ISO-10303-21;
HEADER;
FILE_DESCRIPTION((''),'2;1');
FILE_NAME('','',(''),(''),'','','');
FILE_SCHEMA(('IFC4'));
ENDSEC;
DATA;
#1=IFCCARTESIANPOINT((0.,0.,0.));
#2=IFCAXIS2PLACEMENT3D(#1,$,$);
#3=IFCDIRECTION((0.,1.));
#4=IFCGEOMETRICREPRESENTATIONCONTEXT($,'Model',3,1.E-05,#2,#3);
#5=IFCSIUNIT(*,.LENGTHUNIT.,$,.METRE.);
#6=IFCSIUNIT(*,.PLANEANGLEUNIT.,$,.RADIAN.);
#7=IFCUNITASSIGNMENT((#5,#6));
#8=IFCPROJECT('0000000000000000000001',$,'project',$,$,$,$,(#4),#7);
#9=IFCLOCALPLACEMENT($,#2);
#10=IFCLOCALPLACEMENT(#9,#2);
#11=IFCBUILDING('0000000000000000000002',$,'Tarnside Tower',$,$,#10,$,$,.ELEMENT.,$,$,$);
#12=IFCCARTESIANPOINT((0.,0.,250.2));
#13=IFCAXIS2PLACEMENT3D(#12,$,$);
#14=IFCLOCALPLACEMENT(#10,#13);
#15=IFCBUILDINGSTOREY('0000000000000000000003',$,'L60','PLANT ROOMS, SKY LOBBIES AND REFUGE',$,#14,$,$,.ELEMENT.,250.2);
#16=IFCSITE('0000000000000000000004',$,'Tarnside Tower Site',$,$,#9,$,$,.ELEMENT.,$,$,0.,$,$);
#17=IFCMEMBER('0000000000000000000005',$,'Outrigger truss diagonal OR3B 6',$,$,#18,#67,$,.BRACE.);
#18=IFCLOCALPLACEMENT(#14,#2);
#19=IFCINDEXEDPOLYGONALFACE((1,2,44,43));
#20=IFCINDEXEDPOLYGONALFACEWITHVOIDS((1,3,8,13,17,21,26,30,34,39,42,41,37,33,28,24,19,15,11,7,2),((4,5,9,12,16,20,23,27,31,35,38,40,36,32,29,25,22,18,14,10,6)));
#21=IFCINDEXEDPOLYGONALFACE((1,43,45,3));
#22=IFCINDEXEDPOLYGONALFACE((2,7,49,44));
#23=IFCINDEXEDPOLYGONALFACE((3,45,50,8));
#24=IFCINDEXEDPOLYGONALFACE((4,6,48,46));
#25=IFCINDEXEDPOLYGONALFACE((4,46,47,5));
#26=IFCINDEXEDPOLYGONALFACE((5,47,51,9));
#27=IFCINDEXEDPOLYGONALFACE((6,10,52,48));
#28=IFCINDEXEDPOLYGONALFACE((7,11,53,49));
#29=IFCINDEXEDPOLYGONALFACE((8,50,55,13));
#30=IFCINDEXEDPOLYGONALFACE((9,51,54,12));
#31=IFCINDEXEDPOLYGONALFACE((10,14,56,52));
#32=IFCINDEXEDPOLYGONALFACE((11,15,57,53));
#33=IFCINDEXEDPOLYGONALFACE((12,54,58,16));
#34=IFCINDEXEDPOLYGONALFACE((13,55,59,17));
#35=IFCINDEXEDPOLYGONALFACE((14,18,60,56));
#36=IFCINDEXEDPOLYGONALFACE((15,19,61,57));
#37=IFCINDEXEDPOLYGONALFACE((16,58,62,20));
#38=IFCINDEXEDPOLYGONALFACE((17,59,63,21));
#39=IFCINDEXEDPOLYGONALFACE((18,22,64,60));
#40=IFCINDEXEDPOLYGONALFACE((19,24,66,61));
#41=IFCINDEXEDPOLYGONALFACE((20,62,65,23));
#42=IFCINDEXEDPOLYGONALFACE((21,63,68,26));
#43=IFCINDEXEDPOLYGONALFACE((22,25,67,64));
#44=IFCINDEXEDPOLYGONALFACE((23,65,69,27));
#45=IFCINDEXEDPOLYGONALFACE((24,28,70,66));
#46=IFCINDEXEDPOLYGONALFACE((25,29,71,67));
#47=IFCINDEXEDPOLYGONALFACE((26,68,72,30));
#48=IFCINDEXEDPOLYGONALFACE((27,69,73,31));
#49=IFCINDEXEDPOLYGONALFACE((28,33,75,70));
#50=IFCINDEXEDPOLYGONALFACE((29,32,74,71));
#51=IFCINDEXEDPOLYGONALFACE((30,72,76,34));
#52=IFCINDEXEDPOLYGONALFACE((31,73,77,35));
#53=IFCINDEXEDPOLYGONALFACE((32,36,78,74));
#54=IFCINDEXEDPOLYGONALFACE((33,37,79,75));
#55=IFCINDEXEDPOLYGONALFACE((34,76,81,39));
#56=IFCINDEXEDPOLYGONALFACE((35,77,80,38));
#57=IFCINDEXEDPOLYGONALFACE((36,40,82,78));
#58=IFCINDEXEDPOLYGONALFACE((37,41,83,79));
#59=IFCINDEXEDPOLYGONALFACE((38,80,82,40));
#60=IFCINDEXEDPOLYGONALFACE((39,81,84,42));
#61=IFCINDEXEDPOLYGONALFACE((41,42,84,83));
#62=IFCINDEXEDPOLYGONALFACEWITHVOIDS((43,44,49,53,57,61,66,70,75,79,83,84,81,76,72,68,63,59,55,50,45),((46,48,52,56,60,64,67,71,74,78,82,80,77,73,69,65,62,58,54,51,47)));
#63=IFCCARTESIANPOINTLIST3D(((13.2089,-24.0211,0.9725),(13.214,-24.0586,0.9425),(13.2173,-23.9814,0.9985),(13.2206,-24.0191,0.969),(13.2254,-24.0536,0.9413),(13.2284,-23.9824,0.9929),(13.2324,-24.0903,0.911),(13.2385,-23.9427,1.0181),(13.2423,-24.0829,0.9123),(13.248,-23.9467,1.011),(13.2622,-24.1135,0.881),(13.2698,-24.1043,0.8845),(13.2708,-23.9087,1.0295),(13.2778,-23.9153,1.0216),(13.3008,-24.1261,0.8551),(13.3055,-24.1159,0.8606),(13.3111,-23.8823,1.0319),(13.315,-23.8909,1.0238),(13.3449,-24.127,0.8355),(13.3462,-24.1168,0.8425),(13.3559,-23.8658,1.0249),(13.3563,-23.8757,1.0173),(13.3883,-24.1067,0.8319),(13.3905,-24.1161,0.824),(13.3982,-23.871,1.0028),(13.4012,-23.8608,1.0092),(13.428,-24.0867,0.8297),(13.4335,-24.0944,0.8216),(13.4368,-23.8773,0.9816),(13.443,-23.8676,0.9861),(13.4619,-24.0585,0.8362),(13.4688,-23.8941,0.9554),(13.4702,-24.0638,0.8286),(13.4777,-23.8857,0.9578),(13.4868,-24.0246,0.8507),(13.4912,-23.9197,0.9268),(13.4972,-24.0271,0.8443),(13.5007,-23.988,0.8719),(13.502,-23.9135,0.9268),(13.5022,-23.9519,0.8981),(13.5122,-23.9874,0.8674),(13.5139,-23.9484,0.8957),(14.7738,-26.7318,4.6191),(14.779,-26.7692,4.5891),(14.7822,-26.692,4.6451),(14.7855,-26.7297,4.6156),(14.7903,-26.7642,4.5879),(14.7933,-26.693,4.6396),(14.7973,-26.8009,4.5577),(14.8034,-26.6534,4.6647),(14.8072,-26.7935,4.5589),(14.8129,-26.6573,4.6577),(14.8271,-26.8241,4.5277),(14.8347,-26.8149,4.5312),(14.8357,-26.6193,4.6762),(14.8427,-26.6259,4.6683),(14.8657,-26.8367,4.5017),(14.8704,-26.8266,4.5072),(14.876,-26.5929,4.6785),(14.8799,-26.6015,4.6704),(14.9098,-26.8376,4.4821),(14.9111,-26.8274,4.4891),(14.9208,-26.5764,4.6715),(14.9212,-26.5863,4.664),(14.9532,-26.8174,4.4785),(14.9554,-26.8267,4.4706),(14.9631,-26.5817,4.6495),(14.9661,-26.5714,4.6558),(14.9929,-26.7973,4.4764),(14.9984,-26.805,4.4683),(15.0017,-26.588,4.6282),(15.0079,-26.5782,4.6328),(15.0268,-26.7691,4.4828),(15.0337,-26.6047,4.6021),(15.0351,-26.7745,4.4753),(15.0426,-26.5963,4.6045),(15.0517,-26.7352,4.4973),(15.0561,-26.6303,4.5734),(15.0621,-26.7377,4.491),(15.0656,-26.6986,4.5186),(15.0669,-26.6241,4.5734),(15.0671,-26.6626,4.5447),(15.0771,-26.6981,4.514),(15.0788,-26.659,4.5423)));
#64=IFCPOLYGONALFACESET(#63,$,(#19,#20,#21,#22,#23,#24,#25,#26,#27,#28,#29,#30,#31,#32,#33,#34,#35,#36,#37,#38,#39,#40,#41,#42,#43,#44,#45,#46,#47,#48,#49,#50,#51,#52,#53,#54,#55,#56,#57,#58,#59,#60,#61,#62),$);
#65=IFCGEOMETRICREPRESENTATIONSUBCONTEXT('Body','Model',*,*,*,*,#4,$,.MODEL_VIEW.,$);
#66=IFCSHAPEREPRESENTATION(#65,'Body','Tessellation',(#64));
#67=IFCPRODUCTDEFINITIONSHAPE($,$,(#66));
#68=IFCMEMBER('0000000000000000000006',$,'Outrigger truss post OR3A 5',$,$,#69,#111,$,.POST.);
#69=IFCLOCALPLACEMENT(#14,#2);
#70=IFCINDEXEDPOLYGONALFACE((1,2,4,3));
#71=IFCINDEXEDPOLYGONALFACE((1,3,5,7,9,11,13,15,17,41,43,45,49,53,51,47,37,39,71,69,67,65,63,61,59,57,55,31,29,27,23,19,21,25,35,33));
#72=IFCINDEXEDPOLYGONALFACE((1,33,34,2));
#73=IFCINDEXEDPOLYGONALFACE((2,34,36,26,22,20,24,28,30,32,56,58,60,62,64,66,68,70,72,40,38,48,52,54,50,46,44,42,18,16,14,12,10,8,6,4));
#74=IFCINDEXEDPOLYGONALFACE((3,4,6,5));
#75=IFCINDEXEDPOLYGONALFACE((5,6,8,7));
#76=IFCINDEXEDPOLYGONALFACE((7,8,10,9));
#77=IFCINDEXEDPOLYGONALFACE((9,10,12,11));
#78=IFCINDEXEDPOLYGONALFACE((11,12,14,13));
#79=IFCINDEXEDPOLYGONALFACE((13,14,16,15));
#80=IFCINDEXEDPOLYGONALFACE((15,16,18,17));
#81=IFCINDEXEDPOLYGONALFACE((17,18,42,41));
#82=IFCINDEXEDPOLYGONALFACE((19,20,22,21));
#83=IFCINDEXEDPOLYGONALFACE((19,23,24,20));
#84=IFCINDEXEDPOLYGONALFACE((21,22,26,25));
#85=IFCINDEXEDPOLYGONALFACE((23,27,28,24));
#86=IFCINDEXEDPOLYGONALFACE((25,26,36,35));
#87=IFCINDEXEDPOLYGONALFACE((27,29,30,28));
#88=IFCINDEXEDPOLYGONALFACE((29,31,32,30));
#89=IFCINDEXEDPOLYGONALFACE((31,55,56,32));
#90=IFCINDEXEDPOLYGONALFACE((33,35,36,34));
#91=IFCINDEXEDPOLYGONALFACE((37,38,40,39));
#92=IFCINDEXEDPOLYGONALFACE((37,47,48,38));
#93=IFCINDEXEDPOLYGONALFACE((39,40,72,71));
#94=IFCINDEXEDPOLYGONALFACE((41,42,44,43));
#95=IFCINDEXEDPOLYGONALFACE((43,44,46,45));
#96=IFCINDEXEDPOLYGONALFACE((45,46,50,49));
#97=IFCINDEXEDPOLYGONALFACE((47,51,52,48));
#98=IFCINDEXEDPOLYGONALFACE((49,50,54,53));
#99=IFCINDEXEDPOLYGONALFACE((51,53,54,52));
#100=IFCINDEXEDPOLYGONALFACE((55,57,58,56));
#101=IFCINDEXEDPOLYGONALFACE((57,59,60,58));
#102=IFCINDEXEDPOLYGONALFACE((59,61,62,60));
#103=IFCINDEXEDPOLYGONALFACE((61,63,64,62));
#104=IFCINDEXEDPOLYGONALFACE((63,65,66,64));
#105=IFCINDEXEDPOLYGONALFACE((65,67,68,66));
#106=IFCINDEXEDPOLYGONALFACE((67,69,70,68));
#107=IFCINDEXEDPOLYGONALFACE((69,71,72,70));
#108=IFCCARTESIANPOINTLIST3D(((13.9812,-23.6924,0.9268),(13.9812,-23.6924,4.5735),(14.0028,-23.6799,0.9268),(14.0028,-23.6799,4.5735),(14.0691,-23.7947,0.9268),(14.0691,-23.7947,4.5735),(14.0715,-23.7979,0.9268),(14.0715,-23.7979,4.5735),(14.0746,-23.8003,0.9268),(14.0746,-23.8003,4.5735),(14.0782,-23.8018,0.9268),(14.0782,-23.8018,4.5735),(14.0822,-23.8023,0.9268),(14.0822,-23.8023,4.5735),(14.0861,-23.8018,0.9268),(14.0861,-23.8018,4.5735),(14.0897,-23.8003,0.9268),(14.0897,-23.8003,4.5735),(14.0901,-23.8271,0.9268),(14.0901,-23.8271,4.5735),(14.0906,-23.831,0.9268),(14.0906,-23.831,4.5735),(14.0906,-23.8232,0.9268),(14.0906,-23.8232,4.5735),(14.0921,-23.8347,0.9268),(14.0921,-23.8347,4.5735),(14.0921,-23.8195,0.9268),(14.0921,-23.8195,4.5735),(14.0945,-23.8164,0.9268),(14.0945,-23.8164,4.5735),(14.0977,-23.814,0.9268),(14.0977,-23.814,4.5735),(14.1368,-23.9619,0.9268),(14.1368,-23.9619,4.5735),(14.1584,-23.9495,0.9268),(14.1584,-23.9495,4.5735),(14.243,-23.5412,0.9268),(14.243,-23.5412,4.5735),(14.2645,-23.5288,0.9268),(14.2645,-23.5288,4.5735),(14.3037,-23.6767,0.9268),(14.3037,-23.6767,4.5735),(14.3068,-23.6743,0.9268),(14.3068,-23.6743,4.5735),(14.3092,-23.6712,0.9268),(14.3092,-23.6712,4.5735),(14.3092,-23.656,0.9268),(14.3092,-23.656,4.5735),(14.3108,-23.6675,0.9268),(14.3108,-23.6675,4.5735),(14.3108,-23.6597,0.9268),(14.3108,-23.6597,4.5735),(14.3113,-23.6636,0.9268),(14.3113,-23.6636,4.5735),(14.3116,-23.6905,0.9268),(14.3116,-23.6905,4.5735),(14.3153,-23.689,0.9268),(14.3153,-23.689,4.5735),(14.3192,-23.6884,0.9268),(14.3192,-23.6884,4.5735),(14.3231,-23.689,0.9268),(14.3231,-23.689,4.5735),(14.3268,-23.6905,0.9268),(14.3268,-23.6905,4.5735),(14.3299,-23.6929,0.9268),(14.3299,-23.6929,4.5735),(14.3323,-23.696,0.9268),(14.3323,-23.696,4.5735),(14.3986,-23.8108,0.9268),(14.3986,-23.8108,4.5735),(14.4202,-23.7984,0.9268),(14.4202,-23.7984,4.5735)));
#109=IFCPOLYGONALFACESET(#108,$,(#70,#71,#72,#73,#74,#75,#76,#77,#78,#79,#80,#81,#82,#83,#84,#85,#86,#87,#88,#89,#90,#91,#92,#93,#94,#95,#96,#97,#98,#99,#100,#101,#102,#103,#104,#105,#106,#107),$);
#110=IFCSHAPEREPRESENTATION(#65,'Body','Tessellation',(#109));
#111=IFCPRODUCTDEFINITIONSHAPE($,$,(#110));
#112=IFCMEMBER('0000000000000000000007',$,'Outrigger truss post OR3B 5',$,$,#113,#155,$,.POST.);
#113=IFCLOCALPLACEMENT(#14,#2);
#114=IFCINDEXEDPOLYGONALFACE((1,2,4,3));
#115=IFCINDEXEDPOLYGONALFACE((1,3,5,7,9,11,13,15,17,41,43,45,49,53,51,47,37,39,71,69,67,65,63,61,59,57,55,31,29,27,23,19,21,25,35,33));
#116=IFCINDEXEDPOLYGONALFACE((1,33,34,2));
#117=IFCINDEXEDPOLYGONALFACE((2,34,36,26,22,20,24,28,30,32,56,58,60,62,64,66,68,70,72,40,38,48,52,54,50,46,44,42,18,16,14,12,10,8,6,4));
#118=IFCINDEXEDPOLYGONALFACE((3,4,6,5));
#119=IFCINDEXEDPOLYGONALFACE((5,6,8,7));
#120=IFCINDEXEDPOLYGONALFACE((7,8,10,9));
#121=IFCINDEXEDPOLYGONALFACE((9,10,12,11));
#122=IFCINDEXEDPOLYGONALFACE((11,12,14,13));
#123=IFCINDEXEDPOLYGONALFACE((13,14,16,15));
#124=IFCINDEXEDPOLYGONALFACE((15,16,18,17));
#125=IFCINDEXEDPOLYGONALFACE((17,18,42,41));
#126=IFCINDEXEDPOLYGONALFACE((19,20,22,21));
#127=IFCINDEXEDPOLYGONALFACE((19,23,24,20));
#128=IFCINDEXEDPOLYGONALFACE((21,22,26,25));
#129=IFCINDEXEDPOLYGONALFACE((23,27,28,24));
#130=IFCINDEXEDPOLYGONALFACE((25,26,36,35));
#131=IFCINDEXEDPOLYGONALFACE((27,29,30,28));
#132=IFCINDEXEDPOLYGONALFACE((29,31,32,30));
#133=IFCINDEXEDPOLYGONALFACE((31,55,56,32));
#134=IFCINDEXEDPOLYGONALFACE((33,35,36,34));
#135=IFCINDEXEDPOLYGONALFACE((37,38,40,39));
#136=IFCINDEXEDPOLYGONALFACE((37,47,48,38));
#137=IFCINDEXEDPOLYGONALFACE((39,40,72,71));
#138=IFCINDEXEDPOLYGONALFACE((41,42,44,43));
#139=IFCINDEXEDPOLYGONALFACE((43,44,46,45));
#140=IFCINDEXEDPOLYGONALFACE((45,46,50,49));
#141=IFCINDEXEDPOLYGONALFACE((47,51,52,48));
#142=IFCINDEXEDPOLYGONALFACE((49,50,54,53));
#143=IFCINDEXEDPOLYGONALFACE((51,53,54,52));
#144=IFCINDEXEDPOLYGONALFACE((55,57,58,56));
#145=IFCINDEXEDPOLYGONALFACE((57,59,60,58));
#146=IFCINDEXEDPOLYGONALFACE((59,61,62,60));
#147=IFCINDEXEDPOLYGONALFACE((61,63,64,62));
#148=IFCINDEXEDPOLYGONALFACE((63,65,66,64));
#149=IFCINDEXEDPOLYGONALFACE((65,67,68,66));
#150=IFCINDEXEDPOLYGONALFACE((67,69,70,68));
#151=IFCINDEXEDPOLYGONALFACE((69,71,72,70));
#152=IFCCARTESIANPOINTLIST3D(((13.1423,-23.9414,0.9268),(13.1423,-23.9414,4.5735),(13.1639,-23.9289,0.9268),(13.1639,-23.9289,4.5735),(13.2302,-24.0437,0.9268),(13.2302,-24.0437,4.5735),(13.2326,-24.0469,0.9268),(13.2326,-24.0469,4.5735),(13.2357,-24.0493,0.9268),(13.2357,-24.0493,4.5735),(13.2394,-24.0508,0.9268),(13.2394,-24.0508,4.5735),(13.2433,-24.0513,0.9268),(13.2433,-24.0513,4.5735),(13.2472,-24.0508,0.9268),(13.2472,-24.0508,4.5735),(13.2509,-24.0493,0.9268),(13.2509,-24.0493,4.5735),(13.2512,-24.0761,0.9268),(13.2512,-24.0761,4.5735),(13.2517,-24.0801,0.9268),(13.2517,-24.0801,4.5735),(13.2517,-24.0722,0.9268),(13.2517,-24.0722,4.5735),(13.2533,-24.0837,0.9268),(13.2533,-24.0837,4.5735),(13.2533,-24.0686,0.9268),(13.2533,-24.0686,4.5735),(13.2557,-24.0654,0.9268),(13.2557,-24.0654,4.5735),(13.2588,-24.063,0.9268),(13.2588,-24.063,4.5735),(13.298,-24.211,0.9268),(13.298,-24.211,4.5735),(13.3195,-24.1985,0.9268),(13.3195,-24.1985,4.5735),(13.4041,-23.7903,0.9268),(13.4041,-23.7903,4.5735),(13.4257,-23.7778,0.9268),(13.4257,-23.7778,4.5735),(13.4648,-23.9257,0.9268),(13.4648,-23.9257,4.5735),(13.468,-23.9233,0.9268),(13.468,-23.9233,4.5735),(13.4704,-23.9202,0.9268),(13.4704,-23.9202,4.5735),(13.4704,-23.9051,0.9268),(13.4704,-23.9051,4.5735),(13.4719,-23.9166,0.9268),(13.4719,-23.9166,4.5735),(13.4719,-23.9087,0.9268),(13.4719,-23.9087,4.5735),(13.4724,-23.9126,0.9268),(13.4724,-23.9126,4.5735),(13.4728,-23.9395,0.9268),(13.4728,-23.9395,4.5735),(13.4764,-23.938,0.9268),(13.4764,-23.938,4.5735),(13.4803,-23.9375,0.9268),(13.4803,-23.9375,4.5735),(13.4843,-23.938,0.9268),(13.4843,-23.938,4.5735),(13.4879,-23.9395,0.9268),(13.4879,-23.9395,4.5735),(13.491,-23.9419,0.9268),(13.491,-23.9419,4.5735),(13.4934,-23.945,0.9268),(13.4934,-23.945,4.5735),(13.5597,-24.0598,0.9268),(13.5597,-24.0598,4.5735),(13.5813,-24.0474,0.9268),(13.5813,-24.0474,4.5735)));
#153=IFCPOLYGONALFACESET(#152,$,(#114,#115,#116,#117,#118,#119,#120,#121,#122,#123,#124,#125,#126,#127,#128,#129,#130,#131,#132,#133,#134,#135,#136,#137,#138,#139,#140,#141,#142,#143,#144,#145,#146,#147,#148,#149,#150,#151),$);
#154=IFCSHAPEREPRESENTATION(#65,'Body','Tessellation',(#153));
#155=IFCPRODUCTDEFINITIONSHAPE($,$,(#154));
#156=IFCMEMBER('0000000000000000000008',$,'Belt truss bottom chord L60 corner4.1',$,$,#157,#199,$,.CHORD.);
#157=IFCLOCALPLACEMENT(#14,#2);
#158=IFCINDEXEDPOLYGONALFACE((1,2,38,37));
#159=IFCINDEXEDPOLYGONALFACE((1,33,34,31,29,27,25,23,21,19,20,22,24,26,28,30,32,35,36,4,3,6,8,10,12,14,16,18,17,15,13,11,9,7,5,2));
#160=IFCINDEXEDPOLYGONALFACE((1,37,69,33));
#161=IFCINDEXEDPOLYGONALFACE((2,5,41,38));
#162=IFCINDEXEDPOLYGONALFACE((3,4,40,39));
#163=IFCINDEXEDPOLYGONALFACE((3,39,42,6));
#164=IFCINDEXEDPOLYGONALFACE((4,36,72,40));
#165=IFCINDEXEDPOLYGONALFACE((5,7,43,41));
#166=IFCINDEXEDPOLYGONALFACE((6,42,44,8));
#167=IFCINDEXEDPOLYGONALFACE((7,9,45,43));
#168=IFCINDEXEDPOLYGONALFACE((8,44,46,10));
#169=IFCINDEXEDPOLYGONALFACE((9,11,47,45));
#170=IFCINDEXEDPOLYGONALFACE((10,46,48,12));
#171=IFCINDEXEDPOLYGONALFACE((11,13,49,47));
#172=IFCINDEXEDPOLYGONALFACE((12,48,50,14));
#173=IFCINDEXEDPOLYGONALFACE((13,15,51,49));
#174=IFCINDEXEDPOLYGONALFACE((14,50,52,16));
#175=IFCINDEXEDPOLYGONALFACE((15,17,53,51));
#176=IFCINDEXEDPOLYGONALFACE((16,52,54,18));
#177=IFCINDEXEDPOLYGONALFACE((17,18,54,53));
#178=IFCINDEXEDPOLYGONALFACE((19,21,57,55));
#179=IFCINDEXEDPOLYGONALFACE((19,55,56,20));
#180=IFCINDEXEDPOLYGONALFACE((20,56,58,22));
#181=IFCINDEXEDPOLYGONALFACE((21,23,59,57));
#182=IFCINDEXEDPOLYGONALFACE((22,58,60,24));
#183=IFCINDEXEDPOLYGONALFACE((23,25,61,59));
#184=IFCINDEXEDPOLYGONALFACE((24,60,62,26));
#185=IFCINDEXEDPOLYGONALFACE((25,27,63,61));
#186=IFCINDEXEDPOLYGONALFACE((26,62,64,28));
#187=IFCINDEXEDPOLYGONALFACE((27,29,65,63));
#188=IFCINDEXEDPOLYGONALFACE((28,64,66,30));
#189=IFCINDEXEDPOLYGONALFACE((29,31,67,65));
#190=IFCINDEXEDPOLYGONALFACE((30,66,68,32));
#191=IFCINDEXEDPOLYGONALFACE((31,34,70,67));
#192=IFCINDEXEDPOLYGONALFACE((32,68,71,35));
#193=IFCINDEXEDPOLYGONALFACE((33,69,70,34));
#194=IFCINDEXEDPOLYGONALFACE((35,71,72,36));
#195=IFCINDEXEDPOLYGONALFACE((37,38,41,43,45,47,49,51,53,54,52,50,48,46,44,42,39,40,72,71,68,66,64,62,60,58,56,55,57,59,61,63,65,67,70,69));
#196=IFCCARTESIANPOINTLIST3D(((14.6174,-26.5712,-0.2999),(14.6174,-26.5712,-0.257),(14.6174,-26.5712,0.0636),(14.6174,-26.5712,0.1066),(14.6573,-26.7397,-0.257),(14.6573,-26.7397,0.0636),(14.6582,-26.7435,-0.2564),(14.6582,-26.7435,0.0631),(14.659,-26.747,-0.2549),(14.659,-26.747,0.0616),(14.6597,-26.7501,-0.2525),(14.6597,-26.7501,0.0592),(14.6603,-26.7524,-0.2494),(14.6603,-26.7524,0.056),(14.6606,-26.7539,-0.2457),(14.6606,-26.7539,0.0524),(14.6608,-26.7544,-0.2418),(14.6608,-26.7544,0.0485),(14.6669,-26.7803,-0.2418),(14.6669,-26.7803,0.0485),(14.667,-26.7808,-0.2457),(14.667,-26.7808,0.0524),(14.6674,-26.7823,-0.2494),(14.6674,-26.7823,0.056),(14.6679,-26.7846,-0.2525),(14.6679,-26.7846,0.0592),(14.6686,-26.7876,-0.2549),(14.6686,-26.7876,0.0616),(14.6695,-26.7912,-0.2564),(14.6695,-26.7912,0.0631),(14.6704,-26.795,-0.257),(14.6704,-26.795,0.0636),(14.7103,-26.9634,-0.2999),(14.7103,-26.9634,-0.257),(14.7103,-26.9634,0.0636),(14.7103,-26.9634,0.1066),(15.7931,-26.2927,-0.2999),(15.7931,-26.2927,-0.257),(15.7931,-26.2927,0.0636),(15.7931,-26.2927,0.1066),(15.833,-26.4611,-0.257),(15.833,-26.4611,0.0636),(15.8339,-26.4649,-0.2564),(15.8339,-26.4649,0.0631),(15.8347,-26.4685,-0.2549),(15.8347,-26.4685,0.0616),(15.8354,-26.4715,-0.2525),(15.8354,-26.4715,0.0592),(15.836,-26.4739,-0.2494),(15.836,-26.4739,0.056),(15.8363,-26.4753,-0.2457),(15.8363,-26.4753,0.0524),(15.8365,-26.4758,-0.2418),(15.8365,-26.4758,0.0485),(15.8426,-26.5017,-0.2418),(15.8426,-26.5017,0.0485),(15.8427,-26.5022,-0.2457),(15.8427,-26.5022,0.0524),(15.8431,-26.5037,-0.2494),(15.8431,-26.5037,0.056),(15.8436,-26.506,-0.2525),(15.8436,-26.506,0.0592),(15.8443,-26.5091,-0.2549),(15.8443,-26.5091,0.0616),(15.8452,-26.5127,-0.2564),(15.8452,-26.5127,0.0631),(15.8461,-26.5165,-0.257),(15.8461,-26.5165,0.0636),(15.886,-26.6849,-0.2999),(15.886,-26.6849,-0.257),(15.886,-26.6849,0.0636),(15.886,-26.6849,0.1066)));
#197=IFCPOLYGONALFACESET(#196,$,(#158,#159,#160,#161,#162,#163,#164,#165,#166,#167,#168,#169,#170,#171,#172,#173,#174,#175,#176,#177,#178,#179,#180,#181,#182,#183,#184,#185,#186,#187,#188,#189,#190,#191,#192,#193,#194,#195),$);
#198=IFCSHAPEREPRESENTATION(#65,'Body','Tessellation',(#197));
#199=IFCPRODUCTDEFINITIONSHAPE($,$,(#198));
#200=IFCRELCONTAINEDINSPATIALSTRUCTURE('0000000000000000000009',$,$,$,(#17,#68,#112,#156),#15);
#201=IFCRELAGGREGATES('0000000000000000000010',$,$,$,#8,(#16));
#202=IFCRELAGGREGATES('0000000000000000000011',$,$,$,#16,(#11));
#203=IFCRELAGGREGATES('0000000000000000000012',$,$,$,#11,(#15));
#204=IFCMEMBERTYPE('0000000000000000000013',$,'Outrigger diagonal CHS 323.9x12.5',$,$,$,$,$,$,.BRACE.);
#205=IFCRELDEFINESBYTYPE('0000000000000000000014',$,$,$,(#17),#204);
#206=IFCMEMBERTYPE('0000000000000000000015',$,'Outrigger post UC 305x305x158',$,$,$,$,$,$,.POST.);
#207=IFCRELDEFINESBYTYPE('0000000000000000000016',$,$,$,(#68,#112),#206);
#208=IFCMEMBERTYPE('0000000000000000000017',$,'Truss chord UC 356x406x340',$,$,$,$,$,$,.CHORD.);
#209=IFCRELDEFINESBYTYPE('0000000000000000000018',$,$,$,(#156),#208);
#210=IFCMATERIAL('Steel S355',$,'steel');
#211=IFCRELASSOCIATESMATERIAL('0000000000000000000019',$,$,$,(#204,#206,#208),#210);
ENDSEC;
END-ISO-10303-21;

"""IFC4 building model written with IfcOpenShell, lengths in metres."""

from ifc_helpers import new_model, si_unit, direction, frame, origin, origin_2d, place, context, subcontext, project, spatial, hollow_circle, i_section, extrude, material, material_profile, profile_set, type_object, element, save


model = new_model("IFC4")

# Units and contexts
model_context = context("Model", 3, precision=1e-05, world=origin(), true_north=direction((0.0, 1.0)))
body_context = subcontext(model_context, "Body", "Model", "MODEL_VIEW")
ifc_project = project(units=[si_unit("LENGTHUNIT", "METRE"), si_unit("PLANEANGLEUNIT", "RADIAN")], contexts=[model_context])

# Site, building, storey
site_placement = place(None, origin())
site = spatial("IfcSite", under=ifc_project, at=site_placement, Name="Tarnside Tower Site", CompositionType="ELEMENT", RefElevation=0.0)
building_placement = place(site_placement, origin())
building = spatial("IfcBuilding", under=site, at=building_placement, Name="Tarnside Tower", CompositionType="ELEMENT")
storey_placement = place(building_placement, frame((0.0, 0.0, 250.2)))
storey = spatial("IfcBuildingStorey", under=building, at=storey_placement, Name="L60", Description="PLANT ROOMS, SKY LOBBIES AND REFUGE", CompositionType="ELEMENT", Elevation=250.2)

# Shared definitions
ifc_material_1 = material(Name="Steel S355", Category="steel")

# Members
ifc_material_profile_1 = material_profile(ifc_material_1, hollow_circle(Radius=0.1619, WallThickness=0.0125, at=origin_2d()), Name="CHS 323.9x12.5")
ifc_profile_set_1 = profile_set([ifc_material_profile_1], Name="Steel S355")
member_type_1 = type_object("IfcMemberType", Name="Outrigger diagonal CHS 323.9x12.5", PredefinedType="BRACE", material=ifc_profile_set_1)
member_1_placement = place(storey_placement, frame((13.3618, -23.9944, 0.9268), z_axis=(0.325637, -0.564048, 0.758821), x_axis=(0.866036, 0.499981, 0.0)))
element("IfcMember", 1, at=member_1_placement, inside=storey, type_object=member_type_1, Name="Outrigger truss diagonal OR3B 6", PredefinedType="BRACE", context=body_context, shape_type="SweptSolid", body=[
    extrude(hollow_circle(Radius=0.1619, WallThickness=0.0125, at=origin_2d()), origin(), (0.0, 0.0, 1.0), 4.8057),
])
ifc_material_profile_2 = material_profile(ifc_material_1, i_section(OverallWidth=0.3113, OverallDepth=0.3271, WebThickness=0.0159, FlangeThickness=0.0249, FilletRadius=0.0151, at=origin_2d()), Name="UC 305x305x158")
ifc_profile_set_2 = profile_set([ifc_material_profile_2], Name="Steel S355")
member_type_2 = type_object("IfcMemberType", Name="Outrigger post UC 305x305x158", PredefinedType="POST", material=ifc_profile_set_2)
for number, where, z_axis, x_axis, name in (
    (2, (14.2007, -23.7454, 0.9268), (0.0, 0.0, 1.0), (0.5, -0.866025, 0.0), "Outrigger truss post OR3A 5"),
    (3, (13.3618, -23.9944, 0.9268), (0.0, 0.0, 1.0), (0.5, -0.866025, 0.0), "Outrigger truss post OR3B 5"),
):
    element("IfcMember", number, at=place(storey_placement, frame(where, z_axis=z_axis, x_axis=x_axis)), inside=storey, type_object=member_type_2, Name=name, PredefinedType="POST", context=body_context, shape_type="SweptSolid", body=[
        extrude(i_section(OverallWidth=0.3113, OverallDepth=0.3271, WebThickness=0.0159, FlangeThickness=0.0249, FilletRadius=0.0151, at=origin_2d()), origin(), (0.0, 0.0, 1.0), 3.6467),
    ])
ifc_material_profile_3 = material_profile(ifc_material_1, i_section(OverallWidth=0.4031, OverallDepth=0.4065, WebThickness=0.0266, FlangeThickness=0.043, FilletRadius=0.0151, at=origin_2d()), Name="UC 356x406x340")
ifc_profile_set_3 = profile_set([ifc_material_profile_3], Name="Steel S355")
member_type_3 = type_object("IfcMemberType", Name="Truss chord UC 356x406x340", PredefinedType="CHORD", material=ifc_profile_set_3)
member_2_placement = place(storey_placement, frame((14.6638, -26.7673, -0.0967), z_axis=(0.973064, 0.230537, 0.0), x_axis=(-0.230537, 0.973064, 0.0)))
element("IfcMember", 4, at=member_2_placement, inside=storey, type_object=member_type_3, Name="Belt truss bottom chord L60 corner4.1", PredefinedType="CHORD", context=body_context, shape_type="SweptSolid", body=[
    extrude(i_section(OverallWidth=0.4031, OverallDepth=0.4065, WebThickness=0.0266, FlangeThickness=0.043, FilletRadius=0.0151, at=origin_2d()), origin(), (0.0, 0.0, 1.0), 1.2083),
])

save(model, "model.ifc")
